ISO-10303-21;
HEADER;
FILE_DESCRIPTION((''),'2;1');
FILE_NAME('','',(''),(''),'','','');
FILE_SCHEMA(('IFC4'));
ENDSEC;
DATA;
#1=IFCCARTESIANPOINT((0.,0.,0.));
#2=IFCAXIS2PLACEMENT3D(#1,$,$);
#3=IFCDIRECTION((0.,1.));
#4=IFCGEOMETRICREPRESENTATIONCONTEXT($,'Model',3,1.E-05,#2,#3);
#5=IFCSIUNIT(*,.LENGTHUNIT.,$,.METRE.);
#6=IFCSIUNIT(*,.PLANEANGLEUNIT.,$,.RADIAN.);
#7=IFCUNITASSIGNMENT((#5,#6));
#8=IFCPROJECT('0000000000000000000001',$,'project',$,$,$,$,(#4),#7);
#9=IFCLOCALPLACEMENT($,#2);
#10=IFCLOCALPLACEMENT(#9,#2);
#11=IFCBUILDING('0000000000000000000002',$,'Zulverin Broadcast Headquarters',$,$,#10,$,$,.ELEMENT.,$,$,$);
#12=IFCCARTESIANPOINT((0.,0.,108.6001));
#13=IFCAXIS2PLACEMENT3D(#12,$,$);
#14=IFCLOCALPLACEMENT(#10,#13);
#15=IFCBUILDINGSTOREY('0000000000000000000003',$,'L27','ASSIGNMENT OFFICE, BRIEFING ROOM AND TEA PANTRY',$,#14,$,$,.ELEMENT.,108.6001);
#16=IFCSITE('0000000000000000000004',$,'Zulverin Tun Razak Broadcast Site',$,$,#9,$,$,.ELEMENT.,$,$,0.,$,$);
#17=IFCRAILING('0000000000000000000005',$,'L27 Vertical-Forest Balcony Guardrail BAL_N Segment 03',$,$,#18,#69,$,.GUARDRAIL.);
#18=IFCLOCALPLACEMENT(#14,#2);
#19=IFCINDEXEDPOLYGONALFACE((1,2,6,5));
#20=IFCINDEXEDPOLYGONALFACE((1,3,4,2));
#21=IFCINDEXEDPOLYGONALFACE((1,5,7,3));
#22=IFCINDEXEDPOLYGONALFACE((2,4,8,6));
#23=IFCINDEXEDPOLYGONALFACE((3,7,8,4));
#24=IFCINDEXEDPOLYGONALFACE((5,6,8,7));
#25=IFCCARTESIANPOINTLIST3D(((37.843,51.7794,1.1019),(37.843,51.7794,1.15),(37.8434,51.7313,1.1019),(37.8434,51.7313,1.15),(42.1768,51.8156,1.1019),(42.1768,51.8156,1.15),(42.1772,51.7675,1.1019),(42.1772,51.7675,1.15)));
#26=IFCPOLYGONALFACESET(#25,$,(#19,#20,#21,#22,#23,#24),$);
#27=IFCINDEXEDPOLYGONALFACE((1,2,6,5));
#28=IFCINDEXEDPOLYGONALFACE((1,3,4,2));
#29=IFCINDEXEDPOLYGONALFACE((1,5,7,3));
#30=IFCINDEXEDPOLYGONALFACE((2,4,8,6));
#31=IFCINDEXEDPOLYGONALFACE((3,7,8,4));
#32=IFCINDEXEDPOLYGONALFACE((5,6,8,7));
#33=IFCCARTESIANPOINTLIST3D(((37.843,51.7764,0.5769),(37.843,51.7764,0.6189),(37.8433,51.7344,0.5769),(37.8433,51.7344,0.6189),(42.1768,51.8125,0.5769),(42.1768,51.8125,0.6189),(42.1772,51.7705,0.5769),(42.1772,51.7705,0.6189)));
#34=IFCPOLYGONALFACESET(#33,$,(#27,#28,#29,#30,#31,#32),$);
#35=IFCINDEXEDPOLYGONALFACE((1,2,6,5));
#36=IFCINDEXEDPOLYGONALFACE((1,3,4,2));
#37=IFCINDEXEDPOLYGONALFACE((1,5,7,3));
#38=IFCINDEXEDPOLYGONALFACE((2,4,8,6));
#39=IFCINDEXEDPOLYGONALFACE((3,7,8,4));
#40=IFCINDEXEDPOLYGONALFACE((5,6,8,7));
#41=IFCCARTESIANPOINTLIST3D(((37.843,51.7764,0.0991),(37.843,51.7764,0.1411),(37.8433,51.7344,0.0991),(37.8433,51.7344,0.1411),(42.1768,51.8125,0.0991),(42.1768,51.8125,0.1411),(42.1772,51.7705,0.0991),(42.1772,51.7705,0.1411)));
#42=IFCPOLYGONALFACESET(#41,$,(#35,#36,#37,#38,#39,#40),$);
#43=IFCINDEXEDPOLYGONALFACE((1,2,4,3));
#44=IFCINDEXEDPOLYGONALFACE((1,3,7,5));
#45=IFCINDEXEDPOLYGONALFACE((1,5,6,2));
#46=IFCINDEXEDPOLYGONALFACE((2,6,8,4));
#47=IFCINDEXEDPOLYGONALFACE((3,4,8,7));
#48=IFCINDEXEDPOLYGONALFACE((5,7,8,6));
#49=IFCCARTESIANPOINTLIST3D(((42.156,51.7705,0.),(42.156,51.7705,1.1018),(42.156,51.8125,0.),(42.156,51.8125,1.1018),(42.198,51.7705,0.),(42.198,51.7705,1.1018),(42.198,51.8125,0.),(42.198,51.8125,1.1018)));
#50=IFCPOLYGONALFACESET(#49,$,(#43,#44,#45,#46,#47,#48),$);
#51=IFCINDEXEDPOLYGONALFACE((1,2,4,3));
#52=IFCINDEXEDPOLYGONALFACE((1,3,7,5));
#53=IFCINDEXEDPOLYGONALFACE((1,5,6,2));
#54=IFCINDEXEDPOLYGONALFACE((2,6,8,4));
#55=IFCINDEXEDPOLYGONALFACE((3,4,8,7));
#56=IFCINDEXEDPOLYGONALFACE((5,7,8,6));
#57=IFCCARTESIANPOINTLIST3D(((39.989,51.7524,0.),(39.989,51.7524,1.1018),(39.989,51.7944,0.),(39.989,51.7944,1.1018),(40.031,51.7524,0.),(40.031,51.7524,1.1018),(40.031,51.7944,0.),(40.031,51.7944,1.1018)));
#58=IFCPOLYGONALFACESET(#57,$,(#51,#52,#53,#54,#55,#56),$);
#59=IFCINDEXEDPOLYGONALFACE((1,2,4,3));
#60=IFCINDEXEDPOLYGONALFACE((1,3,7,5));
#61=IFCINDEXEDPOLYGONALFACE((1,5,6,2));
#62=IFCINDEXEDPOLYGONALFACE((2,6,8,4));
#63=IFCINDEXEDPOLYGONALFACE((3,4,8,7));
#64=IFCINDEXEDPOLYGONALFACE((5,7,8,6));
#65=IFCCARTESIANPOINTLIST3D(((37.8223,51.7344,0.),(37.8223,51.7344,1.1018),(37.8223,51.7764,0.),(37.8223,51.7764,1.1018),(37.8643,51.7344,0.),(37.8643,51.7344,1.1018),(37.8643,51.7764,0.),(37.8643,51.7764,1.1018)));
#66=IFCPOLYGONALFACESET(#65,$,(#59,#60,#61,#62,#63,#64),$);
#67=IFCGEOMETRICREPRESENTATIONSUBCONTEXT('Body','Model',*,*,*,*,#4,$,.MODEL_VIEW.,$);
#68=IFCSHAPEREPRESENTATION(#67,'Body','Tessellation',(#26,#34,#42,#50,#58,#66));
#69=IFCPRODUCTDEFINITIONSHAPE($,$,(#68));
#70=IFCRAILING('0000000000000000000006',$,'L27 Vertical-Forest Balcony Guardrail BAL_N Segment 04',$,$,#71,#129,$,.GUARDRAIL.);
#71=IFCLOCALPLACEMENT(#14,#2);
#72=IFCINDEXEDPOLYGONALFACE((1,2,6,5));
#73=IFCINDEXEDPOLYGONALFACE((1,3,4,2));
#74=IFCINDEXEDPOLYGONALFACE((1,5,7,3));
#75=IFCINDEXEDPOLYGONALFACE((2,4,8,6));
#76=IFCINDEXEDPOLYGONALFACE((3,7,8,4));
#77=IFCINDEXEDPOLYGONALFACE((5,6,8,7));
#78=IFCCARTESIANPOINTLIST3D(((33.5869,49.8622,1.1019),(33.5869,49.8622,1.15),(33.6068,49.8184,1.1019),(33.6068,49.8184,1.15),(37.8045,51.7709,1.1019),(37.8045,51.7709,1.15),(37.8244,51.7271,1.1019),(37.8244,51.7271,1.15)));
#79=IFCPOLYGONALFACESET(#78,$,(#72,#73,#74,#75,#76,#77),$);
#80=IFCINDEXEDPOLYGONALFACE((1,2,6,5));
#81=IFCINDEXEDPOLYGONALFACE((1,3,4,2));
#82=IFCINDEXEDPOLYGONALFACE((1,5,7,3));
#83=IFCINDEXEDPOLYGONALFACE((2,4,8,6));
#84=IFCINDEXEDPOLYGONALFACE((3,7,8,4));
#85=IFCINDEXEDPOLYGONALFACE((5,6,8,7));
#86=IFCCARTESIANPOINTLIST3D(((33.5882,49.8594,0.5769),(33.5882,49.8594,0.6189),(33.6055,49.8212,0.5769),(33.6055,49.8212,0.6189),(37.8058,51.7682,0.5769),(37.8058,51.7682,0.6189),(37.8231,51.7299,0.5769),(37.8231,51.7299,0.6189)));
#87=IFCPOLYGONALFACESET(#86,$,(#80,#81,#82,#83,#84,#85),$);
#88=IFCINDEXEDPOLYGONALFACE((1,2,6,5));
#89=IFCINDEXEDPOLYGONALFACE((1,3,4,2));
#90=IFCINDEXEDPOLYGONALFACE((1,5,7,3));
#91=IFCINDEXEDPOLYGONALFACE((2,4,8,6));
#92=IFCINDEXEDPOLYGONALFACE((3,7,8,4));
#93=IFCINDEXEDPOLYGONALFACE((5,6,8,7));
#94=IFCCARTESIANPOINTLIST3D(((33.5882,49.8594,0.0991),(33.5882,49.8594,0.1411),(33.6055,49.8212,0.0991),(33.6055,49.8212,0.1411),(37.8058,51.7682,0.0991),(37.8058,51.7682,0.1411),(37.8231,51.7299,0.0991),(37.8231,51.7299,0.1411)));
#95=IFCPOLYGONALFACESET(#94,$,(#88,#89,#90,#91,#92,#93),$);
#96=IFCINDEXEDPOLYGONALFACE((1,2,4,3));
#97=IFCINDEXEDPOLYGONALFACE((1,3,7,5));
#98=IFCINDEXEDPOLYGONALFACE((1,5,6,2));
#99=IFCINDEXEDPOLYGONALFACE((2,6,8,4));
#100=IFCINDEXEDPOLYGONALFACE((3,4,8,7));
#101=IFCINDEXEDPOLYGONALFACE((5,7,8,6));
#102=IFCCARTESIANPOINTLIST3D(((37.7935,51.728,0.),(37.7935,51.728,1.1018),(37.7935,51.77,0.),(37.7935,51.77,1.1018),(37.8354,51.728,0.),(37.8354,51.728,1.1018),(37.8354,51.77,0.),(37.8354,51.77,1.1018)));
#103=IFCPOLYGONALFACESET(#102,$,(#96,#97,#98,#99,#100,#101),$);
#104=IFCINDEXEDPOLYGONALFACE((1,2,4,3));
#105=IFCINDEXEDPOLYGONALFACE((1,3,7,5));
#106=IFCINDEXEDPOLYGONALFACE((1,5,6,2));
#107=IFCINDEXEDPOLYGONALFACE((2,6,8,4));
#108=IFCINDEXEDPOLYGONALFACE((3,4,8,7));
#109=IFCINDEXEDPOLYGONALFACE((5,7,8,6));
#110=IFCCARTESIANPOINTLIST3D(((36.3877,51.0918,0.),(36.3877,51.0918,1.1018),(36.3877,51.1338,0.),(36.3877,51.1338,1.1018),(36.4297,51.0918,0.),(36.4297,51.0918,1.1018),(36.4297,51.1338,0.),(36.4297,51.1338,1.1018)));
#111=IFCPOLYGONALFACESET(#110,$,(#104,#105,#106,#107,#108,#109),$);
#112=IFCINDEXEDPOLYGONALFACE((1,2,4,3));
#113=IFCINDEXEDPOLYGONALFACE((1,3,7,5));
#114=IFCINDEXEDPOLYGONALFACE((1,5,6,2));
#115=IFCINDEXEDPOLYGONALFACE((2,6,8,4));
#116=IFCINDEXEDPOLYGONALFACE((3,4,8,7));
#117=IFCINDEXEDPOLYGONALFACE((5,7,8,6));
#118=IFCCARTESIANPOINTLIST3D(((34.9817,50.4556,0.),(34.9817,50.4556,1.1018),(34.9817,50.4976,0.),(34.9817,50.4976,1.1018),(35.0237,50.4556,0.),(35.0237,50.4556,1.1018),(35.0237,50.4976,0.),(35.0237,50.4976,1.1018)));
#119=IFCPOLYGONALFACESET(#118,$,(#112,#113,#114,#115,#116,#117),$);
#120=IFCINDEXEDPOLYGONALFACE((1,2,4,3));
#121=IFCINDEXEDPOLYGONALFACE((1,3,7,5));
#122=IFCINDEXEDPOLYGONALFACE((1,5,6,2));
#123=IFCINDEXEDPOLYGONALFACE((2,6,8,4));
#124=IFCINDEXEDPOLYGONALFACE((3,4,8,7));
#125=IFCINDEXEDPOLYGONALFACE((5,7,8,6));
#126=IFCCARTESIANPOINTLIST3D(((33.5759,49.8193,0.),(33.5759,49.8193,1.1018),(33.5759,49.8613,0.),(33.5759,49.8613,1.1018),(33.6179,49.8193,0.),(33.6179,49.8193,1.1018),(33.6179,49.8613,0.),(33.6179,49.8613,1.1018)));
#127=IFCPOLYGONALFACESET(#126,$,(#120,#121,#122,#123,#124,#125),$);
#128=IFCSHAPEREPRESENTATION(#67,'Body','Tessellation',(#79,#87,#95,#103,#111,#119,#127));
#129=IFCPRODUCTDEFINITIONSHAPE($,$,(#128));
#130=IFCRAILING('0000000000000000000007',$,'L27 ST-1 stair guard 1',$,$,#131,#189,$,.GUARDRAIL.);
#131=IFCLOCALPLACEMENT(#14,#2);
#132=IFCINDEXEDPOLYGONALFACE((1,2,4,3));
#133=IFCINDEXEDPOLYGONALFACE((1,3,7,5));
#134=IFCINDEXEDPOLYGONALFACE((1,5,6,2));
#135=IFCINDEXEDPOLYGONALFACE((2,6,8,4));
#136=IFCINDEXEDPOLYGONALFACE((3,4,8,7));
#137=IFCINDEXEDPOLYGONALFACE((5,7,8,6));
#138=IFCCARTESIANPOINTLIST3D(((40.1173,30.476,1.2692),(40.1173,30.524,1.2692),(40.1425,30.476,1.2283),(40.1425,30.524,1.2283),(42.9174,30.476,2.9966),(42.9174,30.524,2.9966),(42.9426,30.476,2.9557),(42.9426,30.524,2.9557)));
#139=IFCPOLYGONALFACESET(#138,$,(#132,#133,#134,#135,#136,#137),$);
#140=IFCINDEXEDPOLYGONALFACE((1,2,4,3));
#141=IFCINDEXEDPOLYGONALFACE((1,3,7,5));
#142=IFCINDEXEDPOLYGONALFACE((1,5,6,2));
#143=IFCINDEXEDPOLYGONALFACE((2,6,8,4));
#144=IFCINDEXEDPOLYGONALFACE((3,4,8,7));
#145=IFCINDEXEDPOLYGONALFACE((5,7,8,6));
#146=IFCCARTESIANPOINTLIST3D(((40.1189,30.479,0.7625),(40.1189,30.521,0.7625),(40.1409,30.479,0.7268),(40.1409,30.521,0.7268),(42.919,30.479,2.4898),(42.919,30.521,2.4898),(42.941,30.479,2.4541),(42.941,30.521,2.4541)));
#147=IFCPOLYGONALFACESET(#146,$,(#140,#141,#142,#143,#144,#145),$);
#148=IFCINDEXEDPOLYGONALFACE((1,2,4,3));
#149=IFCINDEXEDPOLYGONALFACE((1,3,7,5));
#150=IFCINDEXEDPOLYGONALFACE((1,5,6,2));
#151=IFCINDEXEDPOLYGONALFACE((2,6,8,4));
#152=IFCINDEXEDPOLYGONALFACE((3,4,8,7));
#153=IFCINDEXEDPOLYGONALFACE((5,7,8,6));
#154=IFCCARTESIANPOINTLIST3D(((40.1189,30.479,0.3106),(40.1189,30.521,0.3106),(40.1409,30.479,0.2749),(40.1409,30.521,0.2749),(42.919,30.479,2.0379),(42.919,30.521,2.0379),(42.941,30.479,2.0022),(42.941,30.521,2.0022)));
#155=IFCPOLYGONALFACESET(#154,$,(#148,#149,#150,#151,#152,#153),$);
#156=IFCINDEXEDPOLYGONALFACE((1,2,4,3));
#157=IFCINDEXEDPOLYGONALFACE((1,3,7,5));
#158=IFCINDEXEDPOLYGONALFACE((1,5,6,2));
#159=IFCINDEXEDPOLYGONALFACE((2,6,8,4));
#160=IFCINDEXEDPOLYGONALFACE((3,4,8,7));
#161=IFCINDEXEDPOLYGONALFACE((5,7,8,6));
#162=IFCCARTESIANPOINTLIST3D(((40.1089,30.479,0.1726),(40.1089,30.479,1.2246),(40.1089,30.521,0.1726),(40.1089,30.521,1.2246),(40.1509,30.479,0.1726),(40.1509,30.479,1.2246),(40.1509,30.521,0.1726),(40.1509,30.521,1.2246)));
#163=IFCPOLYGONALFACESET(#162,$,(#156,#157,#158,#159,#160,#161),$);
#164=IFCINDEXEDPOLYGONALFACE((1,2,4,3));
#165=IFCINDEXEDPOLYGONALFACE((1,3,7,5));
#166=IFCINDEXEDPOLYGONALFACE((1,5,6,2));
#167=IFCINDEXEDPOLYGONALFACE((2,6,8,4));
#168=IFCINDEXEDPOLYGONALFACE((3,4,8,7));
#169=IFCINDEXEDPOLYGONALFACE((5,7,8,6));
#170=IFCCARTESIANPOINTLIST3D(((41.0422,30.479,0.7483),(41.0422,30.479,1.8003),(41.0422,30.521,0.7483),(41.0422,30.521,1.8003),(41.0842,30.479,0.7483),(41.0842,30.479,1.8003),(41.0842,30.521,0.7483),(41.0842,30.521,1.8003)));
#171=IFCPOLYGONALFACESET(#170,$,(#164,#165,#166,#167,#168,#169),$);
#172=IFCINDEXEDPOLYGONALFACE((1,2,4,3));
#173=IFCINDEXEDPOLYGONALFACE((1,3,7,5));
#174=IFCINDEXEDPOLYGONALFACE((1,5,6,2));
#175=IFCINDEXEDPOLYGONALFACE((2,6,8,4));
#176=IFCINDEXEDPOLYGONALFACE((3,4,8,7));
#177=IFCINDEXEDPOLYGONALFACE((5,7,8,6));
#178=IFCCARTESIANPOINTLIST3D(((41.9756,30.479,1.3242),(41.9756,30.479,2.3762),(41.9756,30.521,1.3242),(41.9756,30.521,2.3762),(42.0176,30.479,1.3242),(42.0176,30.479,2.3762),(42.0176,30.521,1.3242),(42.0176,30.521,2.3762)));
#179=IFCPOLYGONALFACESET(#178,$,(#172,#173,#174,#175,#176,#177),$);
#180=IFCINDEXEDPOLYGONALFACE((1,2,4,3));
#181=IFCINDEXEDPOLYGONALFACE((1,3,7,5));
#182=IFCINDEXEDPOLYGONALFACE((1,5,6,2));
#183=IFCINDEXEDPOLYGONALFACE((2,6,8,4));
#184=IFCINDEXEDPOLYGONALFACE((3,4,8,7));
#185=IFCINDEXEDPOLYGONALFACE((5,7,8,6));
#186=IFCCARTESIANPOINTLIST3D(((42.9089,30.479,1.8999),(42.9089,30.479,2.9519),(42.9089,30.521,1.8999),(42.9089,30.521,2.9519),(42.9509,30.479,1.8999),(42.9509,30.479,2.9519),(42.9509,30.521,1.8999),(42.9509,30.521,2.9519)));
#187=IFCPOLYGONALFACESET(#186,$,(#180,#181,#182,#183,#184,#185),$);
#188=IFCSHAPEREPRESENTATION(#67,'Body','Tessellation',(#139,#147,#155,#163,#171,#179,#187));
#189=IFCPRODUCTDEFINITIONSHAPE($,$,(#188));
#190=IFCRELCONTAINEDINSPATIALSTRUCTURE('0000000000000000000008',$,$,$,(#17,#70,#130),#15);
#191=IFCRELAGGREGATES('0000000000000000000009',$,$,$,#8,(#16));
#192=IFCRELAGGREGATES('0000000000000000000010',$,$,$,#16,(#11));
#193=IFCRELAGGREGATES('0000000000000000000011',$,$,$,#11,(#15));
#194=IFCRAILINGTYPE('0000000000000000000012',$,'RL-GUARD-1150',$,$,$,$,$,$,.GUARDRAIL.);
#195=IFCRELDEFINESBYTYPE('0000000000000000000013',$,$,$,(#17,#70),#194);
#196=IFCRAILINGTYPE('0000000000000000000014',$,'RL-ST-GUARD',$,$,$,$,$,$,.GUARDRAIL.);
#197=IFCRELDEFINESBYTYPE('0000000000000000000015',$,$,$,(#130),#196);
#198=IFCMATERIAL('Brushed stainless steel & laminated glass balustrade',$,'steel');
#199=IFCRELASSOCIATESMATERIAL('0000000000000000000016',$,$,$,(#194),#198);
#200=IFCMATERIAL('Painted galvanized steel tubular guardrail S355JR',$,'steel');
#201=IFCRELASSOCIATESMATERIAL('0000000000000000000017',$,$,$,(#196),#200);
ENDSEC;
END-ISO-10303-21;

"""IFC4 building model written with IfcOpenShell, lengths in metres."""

from ifc_helpers import new_model, si_unit, direction, frame, origin, origin_2d, place, context, subcontext, project, spatial, rectangle, extrude, material, type_object, element, save


model = new_model("IFC4")

# Units and contexts
model_context = context("Model", 3, precision=1e-05, world=origin(), true_north=direction((0.0, 1.0)))
body_context = subcontext(model_context, "Body", "Model", "MODEL_VIEW")
ifc_project = project(units=[si_unit("LENGTHUNIT", "METRE"), si_unit("PLANEANGLEUNIT", "RADIAN")], contexts=[model_context])

# Site, building, storey
site_placement = place(None, origin())
site = spatial("IfcSite", under=ifc_project, at=site_placement, Name="Zulverin Tun Razak Broadcast Site", CompositionType="ELEMENT", RefElevation=0.0)
building_placement = place(site_placement, origin())
building = spatial("IfcBuilding", under=site, at=building_placement, Name="Zulverin Broadcast Headquarters", CompositionType="ELEMENT")
storey_placement = place(building_placement, frame((0.0, 0.0, 108.6001)))
storey = spatial("IfcBuildingStorey", under=building, at=storey_placement, Name="L27", Description="ASSIGNMENT OFFICE, BRIEFING ROOM AND TEA PANTRY", CompositionType="ELEMENT", Elevation=108.6001)

# Railings
ifc_material_1 = material(Name="Brushed stainless steel & laminated glass balustrade", Category="steel")
railing_type_1 = type_object("IfcRailingType", Name="RL-GUARD-1150", PredefinedType="GUARDRAIL", material=ifc_material_1)
railing_1_placement = place(storey_placement, frame((42.177, 51.7915, 0.0)))
element("IfcRailing", 1, at=railing_1_placement, inside=storey, type_object=railing_type_1, Name="L27 Vertical-Forest Balcony Guardrail BAL_N Segment 03", PredefinedType="GUARDRAIL", context=body_context, shape_type="SweptSolid", body=[
    extrude(rectangle(XDim=0.0481, YDim=0.0481, at=origin_2d()), frame((0.0, 0.0, 1.126), z_axis=(-0.999965, -0.008337, 0.0), x_axis=(0.008337, -0.999965, 0.0)), (0.0, 0.0, 1.0), 4.334),
    extrude(rectangle(XDim=0.042, YDim=0.042, at=origin_2d()), frame((0.0, 0.0, 0.5979), z_axis=(-0.999965, -0.008337, 0.0), x_axis=(0.008337, -0.999965, 0.0)), (0.0, 0.0, 1.0), 4.334),
    extrude(rectangle(XDim=0.042, YDim=0.042, at=origin_2d()), frame((0.0, 0.0, 0.1201), z_axis=(-0.999965, -0.008337, 0.0), x_axis=(0.008337, -0.999965, 0.0)), (0.0, 0.0, 1.0), 4.334),
    extrude(rectangle(XDim=0.042, YDim=0.042, at=origin_2d()), origin(), (0.0, 0.0, 1.0), 1.1018),
    extrude(rectangle(XDim=0.042, YDim=0.042, at=origin_2d()), frame((-2.167, -0.0181, 0.0)), (0.0, 0.0, 1.0), 1.1018),
    extrude(rectangle(XDim=0.042, YDim=0.042, at=origin_2d()), frame((-4.3337, -0.0361, 0.0)), (0.0, 0.0, 1.0), 1.1018),
])
railing_2_placement = place(storey_placement, frame((37.8145, 51.749, 0.0)))
element("IfcRailing", 2, at=railing_2_placement, inside=storey, type_object=railing_type_1, Name="L27 Vertical-Forest Balcony Guardrail BAL_N Segment 04", PredefinedType="GUARDRAIL", context=body_context, shape_type="SweptSolid", body=[
    extrude(rectangle(XDim=0.0481, YDim=0.0481, at=origin_2d()), frame((0.0, 0.0, 1.126), z_axis=(-0.911046, -0.412304, 0.0), x_axis=(0.412304, -0.911046, 0.0)), (0.0, 0.0, 1.0), 4.6294),
    extrude(rectangle(XDim=0.042, YDim=0.042, at=origin_2d()), frame((0.0, 0.0, 0.5979), z_axis=(-0.911046, -0.412304, 0.0), x_axis=(0.412304, -0.911046, 0.0)), (0.0, 0.0, 1.0), 4.6294),
    extrude(rectangle(XDim=0.042, YDim=0.042, at=origin_2d()), frame((0.0, 0.0, 0.1201), z_axis=(-0.911046, -0.412304, 0.0), x_axis=(0.412304, -0.911046, 0.0)), (0.0, 0.0, 1.0), 4.6294),
    extrude(rectangle(XDim=0.042, YDim=0.042, at=origin_2d()), origin(), (0.0, 0.0, 1.0), 1.1018),
    extrude(rectangle(XDim=0.042, YDim=0.042, at=origin_2d()), frame((-1.4058, -0.6362, 0.0)), (0.0, 0.0, 1.0), 1.1018),
    extrude(rectangle(XDim=0.042, YDim=0.042, at=origin_2d()), frame((-2.8118, -1.2725, 0.0)), (0.0, 0.0, 1.0), 1.1018),
    extrude(rectangle(XDim=0.042, YDim=0.042, at=origin_2d()), frame((-4.2175, -1.9087, 0.0)), (0.0, 0.0, 1.0), 1.1018),
])
ifc_material_2 = material(Name="Painted galvanized steel tubular guardrail S355JR", Category="steel")
railing_type_2 = type_object("IfcRailingType", Name="RL-ST-GUARD", PredefinedType="GUARDRAIL", material=ifc_material_2)
railing_3_placement = place(storey_placement, frame((40.1299, 30.5, 0.1726)))
element("IfcRailing", 3, at=railing_3_placement, inside=storey, type_object=railing_type_2, Name="L27 ST-1 stair guard 1", PredefinedType="GUARDRAIL", context=body_context, shape_type="SweptSolid", body=[
    extrude(rectangle(XDim=0.0481, YDim=0.0481, at=origin_2d()), frame((0.0, 0.0, 1.0762), z_axis=(0.85109, 0.0, 0.52502), x_axis=(0.0, 1.0, 0.0)), (0.0, 0.0, 1.0), 3.29),
    extrude(rectangle(XDim=0.042, YDim=0.042, at=origin_2d()), frame((0.0, 0.0, 0.572), z_axis=(0.85109, 0.0, 0.52502), x_axis=(0.0, 1.0, 0.0)), (0.0, 0.0, 1.0), 3.29),
    extrude(rectangle(XDim=0.042, YDim=0.042, at=origin_2d()), frame((0.0, 0.0, 0.1201), z_axis=(0.85109, 0.0, 0.52502), x_axis=(0.0, 1.0, 0.0)), (0.0, 0.0, 1.0), 3.29),
    extrude(rectangle(XDim=0.042, YDim=0.042, at=origin_2d()), origin(), (0.0, 0.0, 1.0), 1.052),
    extrude(rectangle(XDim=0.042, YDim=0.042, at=origin_2d()), frame((0.9333, 0.0, 0.5757)), (0.0, 0.0, 1.0), 1.052),
    extrude(rectangle(XDim=0.042, YDim=0.042, at=origin_2d()), frame((1.8667, 0.0, 1.1516)), (0.0, 0.0, 1.0), 1.052),
    extrude(rectangle(XDim=0.042, YDim=0.042, at=origin_2d()), frame((2.8, 0.0, 1.7273)), (0.0, 0.0, 1.0), 1.052),
])

save(model, "model.ifc")
